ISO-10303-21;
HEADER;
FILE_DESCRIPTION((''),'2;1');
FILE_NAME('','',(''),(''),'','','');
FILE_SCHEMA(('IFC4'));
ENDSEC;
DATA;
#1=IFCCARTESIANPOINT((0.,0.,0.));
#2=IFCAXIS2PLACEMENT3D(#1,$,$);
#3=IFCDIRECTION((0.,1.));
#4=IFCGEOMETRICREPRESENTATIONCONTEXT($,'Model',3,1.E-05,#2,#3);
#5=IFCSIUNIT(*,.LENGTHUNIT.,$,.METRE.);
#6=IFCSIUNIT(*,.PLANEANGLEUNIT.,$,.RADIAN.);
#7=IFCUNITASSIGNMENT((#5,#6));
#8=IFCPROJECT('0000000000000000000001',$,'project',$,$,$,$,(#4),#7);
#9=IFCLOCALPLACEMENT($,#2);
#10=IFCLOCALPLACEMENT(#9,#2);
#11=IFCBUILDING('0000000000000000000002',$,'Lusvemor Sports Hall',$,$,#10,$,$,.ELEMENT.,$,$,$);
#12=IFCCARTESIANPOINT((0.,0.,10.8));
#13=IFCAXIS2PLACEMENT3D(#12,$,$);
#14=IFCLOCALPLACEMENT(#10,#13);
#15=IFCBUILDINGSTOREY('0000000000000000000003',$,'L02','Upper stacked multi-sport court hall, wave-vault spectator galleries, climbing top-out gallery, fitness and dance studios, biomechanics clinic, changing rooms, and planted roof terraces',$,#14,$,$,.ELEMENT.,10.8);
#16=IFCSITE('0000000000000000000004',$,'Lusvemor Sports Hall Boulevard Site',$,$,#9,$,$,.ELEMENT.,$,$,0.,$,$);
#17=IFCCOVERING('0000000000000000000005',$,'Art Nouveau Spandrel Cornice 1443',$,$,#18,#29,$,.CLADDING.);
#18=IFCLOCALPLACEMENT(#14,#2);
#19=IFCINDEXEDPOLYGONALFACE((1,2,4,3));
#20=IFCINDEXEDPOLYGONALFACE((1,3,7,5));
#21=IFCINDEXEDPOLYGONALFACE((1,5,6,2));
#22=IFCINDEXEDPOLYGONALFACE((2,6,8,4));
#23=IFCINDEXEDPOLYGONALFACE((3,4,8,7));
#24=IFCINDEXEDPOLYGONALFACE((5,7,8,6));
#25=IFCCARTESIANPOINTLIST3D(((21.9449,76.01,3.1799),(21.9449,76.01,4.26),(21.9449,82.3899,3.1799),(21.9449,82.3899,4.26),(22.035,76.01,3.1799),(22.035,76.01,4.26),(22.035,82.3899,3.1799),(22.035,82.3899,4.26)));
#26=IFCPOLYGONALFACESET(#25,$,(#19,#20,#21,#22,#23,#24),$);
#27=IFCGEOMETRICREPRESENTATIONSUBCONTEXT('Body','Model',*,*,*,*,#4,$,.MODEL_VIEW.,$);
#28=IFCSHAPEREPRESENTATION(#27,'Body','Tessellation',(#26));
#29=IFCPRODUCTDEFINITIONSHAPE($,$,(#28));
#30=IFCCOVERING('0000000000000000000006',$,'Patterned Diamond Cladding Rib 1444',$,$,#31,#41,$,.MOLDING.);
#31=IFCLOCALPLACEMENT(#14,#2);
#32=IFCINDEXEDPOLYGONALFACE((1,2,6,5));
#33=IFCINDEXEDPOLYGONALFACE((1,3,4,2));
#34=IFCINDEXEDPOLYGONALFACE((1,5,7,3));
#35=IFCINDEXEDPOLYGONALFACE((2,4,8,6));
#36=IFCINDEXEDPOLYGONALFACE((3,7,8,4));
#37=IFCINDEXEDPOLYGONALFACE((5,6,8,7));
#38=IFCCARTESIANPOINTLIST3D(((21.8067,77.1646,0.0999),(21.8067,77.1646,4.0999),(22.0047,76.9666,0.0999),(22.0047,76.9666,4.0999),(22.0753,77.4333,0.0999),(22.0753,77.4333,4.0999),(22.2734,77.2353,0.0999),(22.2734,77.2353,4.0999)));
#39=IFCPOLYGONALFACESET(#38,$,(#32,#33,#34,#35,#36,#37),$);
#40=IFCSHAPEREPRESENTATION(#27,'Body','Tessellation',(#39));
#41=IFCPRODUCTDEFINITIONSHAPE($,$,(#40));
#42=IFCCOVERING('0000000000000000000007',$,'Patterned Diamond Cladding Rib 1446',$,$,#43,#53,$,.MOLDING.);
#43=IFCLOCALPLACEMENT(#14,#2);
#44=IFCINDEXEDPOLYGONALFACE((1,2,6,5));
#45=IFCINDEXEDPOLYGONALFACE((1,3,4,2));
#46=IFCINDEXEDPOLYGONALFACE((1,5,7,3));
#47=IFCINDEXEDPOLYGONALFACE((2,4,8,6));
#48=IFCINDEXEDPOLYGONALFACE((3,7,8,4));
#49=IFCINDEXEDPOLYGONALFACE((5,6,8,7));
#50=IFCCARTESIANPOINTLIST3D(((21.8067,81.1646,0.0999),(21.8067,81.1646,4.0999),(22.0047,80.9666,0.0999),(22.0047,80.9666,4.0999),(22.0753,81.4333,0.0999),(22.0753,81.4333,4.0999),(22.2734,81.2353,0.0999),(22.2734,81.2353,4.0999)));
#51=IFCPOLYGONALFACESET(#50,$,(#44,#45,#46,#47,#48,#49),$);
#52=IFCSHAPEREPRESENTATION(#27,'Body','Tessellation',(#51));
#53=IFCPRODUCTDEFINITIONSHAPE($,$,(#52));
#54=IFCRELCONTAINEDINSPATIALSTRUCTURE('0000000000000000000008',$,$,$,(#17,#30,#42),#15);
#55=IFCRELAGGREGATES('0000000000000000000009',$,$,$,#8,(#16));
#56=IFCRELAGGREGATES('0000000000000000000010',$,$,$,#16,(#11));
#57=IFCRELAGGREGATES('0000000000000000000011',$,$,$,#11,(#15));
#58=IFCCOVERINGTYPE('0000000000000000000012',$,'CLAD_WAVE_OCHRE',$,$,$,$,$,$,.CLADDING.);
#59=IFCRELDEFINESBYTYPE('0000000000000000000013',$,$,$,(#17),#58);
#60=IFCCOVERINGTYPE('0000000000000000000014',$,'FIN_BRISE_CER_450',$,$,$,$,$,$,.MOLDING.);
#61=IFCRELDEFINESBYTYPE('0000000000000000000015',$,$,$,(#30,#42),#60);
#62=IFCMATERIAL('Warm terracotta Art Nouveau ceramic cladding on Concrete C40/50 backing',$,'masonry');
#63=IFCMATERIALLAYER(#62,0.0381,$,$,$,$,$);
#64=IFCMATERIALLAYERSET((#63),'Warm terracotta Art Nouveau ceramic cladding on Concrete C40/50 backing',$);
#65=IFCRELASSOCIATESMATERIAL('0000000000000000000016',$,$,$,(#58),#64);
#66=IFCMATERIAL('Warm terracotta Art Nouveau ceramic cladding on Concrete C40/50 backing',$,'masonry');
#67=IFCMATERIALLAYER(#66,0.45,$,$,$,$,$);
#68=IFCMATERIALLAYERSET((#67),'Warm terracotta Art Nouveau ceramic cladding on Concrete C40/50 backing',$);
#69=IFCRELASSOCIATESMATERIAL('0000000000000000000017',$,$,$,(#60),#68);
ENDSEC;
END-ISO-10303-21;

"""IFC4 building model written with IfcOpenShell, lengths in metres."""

from ifc_helpers import new_model, si_unit, direction, frame, origin, origin_2d, place, context, subcontext, project, spatial, rectangle, extrude, material, layer, layer_set, type_object, element, save


model = new_model("IFC4")

# Units and contexts
model_context = context("Model", 3, precision=1e-05, world=origin(), true_north=direction((0.0, 1.0)))
body_context = subcontext(model_context, "Body", "Model", "MODEL_VIEW")
ifc_project = project(units=[si_unit("LENGTHUNIT", "METRE"), si_unit("PLANEANGLEUNIT", "RADIAN")], contexts=[model_context])

# Site, building, storey
site_placement = place(None, origin())
site = spatial("IfcSite", under=ifc_project, at=site_placement, Name="Lusvemor Sports Hall Boulevard Site", CompositionType="ELEMENT", RefElevation=0.0)
building_placement = place(site_placement, origin())
building = spatial("IfcBuilding", under=site, at=building_placement, Name="Lusvemor Sports Hall", CompositionType="ELEMENT")
storey_placement = place(building_placement, frame((0.0, 0.0, 10.8)))
storey = spatial("IfcBuildingStorey", under=building, at=storey_placement, Name="L02", Description="Upper stacked multi-sport court hall, wave-vault spectator galleries, climbing top-out gallery, fitness and dance studios, biomechanics clinic, changing rooms, and planted roof terraces", CompositionType="ELEMENT", Elevation=10.8)

# Coverings
ifc_material_1 = material(Name="Warm terracotta Art Nouveau ceramic cladding on Concrete C40/50 backing", Category="masonry")
ifc_layer_1 = layer(ifc_material_1, 0.0381)
ifc_layer_set_1 = layer_set([ifc_layer_1], Name="Warm terracotta Art Nouveau ceramic cladding on Concrete C40/50 backing")
covering_type_1 = type_object("IfcCoveringType", Name="CLAD_WAVE_OCHRE", PredefinedType="CLADDING", material=ifc_layer_set_1)
covering_1_placement = place(storey_placement, frame((21.99, 79.2, 3.1799), z_axis=(0.0, 0.0, 1.0), x_axis=(1.0, 0.0, 0.0)))
element("IfcCovering", 1, at=covering_1_placement, inside=storey, type_object=covering_type_1, Name="Art Nouveau Spandrel Cornice 1443", PredefinedType="CLADDING", context=body_context, shape_type="SweptSolid", body=[
    extrude(rectangle(XDim=0.0901, YDim=6.3799, at=origin_2d()), origin(), (0.0, 0.0, 1.0), 1.0801),
])
ifc_material_2 = material(Name="Warm terracotta Art Nouveau ceramic cladding on Concrete C40/50 backing", Category="masonry")
ifc_layer_2 = layer(ifc_material_2, 0.45)
ifc_layer_set_2 = layer_set([ifc_layer_2], Name="Warm terracotta Art Nouveau ceramic cladding on Concrete C40/50 backing")
covering_type_2 = type_object("IfcCoveringType", Name="FIN_BRISE_CER_450", PredefinedType="MOLDING", material=ifc_layer_set_2)
for number, where, z_axis, x_axis, name in (
    (2, (22.04, 77.2, 0.0999), (0.0, 0.0, 1.0), (0.707107, 0.707107, 0.0), "Patterned Diamond Cladding Rib 1444"),
    (3, (22.04, 81.2, 0.0999), (0.0, 0.0, 1.0), (0.707107, 0.707107, 0.0), "Patterned Diamond Cladding Rib 1446"),
):
    element("IfcCovering", number, at=place(storey_placement, frame(where, z_axis=z_axis, x_axis=x_axis)), inside=storey, type_object=covering_type_2, Name=name, PredefinedType="MOLDING", context=body_context, shape_type="SweptSolid", body=[
        extrude(rectangle(XDim=0.3799, YDim=0.28, at=origin_2d()), origin(), (0.0, 0.0, 1.0), 4.0),
    ])

save(model, "model.ifc")
